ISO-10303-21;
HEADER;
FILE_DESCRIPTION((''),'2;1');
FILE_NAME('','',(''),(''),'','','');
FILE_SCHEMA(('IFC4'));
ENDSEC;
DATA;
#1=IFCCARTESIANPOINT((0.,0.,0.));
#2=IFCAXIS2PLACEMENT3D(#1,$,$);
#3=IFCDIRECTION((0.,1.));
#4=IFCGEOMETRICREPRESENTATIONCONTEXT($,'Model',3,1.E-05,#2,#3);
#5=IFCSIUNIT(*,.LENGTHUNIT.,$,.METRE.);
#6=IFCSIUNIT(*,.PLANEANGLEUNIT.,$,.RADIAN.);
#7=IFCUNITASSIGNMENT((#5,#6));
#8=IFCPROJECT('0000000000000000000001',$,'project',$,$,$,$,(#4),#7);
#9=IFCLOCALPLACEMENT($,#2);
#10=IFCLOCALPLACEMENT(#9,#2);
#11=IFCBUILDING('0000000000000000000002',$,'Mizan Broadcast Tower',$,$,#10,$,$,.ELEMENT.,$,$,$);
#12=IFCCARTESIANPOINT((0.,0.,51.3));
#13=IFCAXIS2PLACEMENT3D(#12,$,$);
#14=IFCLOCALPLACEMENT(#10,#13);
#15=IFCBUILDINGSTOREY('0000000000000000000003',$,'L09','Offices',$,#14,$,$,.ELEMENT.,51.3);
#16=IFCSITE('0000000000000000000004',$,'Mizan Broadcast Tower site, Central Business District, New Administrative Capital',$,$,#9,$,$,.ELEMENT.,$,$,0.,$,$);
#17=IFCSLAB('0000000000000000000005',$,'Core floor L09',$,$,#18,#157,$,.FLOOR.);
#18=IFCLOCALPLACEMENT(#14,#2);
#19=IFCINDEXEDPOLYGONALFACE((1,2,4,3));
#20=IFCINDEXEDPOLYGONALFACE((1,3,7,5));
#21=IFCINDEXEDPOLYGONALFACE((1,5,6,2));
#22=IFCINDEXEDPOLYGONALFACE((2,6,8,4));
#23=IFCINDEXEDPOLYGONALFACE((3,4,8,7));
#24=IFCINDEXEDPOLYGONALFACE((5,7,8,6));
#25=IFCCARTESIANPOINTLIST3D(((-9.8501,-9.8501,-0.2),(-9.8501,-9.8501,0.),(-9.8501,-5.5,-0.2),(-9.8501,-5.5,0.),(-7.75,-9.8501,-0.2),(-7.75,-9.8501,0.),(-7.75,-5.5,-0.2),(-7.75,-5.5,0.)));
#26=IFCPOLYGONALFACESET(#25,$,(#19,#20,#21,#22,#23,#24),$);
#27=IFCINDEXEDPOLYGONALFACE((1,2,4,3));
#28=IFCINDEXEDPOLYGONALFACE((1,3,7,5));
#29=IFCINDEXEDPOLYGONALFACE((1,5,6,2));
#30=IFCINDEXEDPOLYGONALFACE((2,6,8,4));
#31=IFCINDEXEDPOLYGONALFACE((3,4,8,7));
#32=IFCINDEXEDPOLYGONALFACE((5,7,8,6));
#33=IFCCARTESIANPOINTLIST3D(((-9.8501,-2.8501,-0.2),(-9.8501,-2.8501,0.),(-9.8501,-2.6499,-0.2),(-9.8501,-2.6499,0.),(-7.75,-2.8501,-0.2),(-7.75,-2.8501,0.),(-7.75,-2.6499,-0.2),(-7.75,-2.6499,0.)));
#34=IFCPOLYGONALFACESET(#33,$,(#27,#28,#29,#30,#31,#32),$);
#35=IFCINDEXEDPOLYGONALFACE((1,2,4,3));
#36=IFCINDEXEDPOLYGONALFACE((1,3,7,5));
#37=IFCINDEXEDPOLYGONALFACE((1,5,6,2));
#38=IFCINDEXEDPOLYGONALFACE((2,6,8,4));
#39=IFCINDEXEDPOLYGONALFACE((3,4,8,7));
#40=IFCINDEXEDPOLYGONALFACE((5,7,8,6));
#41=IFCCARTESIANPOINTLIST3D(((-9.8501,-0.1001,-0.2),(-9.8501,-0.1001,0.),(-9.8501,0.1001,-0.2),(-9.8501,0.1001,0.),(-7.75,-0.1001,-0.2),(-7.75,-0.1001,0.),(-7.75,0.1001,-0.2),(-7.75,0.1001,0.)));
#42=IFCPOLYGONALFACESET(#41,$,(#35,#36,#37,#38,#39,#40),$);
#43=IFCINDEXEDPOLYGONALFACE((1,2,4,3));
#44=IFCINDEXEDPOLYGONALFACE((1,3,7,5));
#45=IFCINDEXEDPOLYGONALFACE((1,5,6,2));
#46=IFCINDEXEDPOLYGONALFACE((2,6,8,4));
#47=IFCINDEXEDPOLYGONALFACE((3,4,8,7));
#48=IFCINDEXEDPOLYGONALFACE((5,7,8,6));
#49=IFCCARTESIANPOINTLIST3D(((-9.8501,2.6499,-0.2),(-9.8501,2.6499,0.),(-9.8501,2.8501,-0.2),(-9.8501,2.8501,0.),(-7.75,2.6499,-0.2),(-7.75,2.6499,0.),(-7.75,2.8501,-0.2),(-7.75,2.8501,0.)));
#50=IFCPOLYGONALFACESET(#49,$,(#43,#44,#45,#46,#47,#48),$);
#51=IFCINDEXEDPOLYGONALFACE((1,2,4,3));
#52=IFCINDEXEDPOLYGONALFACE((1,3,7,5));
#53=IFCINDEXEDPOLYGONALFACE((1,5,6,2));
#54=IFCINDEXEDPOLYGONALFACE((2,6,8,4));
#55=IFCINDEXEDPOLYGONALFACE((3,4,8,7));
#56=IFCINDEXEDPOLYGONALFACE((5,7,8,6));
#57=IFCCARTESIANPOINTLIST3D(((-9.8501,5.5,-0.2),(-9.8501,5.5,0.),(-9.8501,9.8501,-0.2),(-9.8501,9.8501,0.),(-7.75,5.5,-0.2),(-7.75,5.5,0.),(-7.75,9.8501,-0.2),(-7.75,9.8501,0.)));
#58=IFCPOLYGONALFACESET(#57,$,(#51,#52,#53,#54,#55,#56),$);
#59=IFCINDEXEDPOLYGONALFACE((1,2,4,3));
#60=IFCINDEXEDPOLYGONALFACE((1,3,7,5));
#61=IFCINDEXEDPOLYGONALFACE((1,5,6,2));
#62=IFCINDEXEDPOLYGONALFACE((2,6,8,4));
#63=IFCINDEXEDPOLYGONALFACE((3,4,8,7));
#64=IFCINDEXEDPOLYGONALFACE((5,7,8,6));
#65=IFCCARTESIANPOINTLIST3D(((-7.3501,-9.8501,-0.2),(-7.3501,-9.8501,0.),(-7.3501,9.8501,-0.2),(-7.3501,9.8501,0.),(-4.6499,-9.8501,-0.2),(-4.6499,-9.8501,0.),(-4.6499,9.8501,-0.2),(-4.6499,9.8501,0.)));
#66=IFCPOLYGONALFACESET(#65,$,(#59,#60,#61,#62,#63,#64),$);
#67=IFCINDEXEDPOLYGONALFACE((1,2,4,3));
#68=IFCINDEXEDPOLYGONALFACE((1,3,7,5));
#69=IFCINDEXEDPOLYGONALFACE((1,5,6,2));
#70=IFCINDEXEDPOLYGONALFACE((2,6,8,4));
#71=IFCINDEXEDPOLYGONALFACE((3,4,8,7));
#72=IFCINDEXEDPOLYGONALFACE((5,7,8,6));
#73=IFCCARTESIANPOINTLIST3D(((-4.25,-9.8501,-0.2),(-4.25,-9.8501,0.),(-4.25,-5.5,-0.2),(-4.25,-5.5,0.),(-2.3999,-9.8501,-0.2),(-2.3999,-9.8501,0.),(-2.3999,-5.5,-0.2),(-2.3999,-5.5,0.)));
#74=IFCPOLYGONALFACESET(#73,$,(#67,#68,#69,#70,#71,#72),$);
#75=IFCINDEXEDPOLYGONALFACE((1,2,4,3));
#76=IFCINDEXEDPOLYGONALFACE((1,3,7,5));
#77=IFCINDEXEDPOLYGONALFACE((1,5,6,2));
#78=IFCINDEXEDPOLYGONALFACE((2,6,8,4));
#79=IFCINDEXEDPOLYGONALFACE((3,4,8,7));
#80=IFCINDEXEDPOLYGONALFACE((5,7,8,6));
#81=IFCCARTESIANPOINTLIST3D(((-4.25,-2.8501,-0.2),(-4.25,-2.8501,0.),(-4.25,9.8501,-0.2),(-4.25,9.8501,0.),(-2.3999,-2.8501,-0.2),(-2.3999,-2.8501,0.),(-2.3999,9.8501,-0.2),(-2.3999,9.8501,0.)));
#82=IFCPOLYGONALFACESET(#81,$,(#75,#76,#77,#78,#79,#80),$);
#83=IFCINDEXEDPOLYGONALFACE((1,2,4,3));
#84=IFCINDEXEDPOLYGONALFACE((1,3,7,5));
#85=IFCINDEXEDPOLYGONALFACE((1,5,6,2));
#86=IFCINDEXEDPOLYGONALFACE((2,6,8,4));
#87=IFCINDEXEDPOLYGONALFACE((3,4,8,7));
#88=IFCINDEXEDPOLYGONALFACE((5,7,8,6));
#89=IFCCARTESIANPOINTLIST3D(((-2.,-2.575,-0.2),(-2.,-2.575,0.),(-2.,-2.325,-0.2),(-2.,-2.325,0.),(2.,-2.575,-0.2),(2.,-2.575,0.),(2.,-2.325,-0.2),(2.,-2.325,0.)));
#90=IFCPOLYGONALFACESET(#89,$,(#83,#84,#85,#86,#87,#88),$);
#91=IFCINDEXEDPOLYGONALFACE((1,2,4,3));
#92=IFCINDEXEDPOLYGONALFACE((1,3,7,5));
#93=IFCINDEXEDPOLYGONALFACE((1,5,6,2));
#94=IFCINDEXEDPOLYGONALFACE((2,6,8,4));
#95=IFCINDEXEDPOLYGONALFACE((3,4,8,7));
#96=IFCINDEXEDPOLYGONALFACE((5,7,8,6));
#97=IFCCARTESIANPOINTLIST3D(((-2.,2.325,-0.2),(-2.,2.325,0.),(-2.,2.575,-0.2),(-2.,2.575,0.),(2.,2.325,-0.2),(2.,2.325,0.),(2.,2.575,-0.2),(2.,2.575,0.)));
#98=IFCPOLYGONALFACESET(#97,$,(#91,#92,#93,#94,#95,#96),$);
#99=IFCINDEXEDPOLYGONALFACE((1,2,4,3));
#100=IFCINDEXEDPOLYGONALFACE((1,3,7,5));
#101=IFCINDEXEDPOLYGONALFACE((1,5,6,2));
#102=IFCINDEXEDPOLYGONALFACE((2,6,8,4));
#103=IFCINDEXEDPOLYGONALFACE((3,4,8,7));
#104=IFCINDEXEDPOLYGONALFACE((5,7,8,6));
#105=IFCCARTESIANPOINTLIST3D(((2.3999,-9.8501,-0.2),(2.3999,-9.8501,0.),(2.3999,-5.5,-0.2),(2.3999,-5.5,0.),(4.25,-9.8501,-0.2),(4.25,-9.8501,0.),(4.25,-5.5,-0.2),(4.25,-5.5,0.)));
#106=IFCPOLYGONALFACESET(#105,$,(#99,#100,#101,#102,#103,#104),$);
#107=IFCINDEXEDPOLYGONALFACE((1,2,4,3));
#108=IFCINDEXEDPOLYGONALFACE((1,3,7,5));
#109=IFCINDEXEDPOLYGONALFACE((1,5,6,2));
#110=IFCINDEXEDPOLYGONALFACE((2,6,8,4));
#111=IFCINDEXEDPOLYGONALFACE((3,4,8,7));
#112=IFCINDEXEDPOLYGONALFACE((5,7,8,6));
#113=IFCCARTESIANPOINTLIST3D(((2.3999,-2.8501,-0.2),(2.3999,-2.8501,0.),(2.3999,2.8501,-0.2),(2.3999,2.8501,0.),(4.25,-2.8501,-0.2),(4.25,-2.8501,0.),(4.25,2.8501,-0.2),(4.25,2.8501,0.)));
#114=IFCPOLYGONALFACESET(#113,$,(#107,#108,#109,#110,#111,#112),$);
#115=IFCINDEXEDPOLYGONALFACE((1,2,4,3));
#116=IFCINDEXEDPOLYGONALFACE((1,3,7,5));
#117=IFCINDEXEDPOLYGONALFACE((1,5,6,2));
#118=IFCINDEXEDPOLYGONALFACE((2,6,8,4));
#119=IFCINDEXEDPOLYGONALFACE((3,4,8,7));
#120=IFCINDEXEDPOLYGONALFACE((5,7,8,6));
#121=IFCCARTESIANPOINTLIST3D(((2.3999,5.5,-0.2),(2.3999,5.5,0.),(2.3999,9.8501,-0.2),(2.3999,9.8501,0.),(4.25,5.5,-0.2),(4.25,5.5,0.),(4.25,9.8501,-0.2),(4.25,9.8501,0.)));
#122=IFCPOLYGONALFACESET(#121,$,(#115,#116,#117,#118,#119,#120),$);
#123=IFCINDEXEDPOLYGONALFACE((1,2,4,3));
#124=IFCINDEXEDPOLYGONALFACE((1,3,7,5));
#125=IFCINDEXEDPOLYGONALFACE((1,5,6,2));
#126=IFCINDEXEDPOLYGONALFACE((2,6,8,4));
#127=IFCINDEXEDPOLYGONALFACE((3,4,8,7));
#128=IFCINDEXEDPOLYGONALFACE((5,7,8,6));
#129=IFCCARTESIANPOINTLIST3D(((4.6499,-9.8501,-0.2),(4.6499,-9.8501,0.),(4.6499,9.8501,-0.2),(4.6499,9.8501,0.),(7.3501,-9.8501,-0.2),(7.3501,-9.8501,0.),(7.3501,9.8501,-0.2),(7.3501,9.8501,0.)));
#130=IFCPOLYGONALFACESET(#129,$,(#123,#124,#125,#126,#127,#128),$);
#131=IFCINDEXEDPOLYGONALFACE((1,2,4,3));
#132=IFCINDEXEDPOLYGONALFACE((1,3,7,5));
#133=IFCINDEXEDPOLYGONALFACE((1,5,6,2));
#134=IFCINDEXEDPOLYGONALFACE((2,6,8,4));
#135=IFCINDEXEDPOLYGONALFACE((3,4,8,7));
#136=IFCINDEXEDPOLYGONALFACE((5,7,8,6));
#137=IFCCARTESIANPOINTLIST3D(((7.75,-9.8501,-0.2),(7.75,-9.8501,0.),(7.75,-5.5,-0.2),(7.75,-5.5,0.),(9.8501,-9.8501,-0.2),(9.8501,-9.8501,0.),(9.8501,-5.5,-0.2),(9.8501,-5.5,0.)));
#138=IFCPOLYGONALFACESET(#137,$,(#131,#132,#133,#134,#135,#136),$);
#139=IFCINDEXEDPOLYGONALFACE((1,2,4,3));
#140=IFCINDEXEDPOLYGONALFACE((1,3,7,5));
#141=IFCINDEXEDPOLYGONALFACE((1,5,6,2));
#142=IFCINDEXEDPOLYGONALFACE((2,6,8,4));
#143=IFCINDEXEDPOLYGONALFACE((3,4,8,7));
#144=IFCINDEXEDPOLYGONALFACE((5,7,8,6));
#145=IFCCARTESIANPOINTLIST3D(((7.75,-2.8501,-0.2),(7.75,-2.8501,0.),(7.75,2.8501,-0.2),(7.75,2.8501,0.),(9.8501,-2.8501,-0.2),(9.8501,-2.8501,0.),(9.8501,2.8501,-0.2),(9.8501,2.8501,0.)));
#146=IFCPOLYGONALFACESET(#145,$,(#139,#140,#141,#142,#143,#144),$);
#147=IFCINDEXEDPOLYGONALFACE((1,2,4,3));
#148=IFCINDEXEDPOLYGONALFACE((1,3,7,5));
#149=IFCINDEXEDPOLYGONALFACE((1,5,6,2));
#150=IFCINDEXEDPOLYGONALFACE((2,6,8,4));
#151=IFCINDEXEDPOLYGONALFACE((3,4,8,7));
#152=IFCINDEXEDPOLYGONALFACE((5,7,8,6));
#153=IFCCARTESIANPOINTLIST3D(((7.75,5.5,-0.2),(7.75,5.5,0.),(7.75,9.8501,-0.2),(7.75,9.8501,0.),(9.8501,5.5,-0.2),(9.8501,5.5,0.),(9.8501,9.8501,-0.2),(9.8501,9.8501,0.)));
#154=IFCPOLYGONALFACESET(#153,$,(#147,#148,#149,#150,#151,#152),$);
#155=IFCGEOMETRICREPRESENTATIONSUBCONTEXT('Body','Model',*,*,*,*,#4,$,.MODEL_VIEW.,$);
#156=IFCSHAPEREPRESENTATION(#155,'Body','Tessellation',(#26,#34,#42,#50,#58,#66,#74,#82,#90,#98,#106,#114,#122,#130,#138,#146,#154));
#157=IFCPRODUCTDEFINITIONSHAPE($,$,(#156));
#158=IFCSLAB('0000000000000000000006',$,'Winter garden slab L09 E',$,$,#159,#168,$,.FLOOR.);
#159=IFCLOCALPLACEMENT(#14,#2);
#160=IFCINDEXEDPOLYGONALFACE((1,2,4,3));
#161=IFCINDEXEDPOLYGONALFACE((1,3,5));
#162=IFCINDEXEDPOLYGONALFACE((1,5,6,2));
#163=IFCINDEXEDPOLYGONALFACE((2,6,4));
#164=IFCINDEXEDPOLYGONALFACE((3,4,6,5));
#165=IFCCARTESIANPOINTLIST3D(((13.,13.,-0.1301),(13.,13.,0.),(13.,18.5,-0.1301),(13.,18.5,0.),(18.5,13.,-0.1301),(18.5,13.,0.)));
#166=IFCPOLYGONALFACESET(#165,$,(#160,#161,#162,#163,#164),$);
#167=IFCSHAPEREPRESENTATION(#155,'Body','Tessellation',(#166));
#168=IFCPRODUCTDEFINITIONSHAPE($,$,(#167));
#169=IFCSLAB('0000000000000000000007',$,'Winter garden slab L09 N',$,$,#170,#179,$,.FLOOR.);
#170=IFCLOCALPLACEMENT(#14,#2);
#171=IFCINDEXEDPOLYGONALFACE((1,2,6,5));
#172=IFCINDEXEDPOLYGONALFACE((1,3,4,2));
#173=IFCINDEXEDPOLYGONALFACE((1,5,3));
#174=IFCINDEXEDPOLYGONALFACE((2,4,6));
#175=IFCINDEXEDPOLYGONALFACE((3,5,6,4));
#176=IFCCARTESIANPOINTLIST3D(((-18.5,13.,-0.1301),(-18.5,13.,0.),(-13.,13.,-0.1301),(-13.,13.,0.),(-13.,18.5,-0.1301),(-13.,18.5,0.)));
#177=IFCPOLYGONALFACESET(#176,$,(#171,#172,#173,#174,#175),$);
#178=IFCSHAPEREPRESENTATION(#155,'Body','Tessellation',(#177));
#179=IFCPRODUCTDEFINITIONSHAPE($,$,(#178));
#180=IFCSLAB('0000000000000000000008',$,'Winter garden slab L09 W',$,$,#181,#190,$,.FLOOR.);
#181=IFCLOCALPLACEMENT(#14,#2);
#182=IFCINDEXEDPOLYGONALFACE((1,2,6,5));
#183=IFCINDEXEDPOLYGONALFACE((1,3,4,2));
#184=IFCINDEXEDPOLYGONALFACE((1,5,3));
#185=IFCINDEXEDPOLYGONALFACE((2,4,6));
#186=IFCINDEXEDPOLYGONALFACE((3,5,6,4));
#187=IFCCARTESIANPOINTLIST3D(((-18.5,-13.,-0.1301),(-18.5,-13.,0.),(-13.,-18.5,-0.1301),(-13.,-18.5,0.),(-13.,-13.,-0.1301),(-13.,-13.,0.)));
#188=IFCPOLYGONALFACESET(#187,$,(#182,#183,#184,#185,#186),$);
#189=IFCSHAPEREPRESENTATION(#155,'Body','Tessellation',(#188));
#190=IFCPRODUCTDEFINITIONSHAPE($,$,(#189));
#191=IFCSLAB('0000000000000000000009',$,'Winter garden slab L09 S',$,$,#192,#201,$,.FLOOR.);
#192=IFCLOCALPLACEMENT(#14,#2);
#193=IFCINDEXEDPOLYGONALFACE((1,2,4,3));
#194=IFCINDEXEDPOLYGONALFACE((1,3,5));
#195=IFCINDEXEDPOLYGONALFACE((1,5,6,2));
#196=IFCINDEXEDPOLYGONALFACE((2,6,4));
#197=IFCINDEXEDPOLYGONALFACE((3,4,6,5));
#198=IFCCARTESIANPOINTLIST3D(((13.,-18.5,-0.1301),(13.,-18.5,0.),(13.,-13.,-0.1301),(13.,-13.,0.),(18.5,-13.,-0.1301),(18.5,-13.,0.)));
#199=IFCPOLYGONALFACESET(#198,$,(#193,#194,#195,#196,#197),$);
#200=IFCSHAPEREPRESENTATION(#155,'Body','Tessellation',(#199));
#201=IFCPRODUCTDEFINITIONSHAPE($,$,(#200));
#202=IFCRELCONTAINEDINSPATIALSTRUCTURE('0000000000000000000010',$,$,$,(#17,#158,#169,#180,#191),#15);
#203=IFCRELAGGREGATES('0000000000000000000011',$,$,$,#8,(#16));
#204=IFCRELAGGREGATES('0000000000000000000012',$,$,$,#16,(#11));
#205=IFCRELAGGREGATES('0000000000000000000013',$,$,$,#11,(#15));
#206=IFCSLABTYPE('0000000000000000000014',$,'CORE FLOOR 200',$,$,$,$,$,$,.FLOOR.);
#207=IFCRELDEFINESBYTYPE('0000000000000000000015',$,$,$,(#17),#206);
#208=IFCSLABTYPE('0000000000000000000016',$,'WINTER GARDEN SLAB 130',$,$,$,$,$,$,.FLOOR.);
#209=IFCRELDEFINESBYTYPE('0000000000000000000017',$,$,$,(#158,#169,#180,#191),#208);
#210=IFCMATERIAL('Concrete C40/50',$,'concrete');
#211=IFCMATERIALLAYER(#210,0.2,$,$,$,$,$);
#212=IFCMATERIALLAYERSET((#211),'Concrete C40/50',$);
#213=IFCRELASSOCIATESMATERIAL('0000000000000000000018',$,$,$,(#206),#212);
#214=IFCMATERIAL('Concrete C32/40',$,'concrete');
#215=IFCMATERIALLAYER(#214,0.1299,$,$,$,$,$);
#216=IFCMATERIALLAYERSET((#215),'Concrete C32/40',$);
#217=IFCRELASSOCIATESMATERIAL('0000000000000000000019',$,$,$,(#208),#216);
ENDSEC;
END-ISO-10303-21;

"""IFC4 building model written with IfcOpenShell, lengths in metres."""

from ifc_helpers import new_model, si_unit, direction, frame, origin, place, context, subcontext, project, spatial, polyline, outline, extrude, material, layer, layer_set, type_object, element, save


model = new_model("IFC4")

# Units and contexts
model_context = context("Model", 3, precision=1e-05, world=origin(), true_north=direction((0.0, 1.0)))
body_context = subcontext(model_context, "Body", "Model", "MODEL_VIEW")
ifc_project = project(units=[si_unit("LENGTHUNIT", "METRE"), si_unit("PLANEANGLEUNIT", "RADIAN")], contexts=[model_context])

# Site, building, storey
site_placement = place(None, origin())
site = spatial("IfcSite", under=ifc_project, at=site_placement, Name="Mizan Broadcast Tower site, Central Business District, New Administrative Capital", CompositionType="ELEMENT", RefElevation=0.0)
building_placement = place(site_placement, origin())
building = spatial("IfcBuilding", under=site, at=building_placement, Name="Mizan Broadcast Tower", CompositionType="ELEMENT")
storey_placement = place(building_placement, frame((0.0, 0.0, 51.3)))
storey = spatial("IfcBuildingStorey", under=building, at=storey_placement, Name="L09", Description="Offices", CompositionType="ELEMENT", Elevation=51.3)

# Slabs
ifc_material_1 = material(Name="Concrete C40/50", Category="concrete")
ifc_layer_1 = layer(ifc_material_1, 0.2)
ifc_layer_set_1 = layer_set([ifc_layer_1], Name="Concrete C40/50")
slab_type_1 = type_object("IfcSlabType", Name="CORE FLOOR 200", PredefinedType="FLOOR", material=ifc_layer_set_1)
slab_1_placement = place(storey_placement, frame((0.0, 0.0, -0.2)))
element("IfcSlab", 1, at=slab_1_placement, inside=storey, type_object=slab_type_1, Name="Core floor L09", PredefinedType="FLOOR", context=body_context, shape_type="SweptSolid", body=[
    extrude(outline(polyline([(-9.8501, -9.8501), (-7.75, -9.8501), (-7.75, -5.5), (-9.8501, -5.5), (-9.8501, -9.8501)])), origin(), (0.0, 0.0, 1.0), 0.2),
    extrude(outline(polyline([(-9.8501, -2.8501), (-7.75, -2.8501), (-7.75, -2.6499), (-9.8501, -2.6499), (-9.8501, -2.8501)])), origin(), (0.0, 0.0, 1.0), 0.2),
    extrude(outline(polyline([(-9.8501, -0.1001), (-7.75, -0.1001), (-7.75, 0.1001), (-9.8501, 0.1001), (-9.8501, -0.1001)])), origin(), (0.0, 0.0, 1.0), 0.2),
    extrude(outline(polyline([(-9.8501, 2.6499), (-7.75, 2.6499), (-7.75, 2.8501), (-9.8501, 2.8501), (-9.8501, 2.6499)])), origin(), (0.0, 0.0, 1.0), 0.2),
    extrude(outline(polyline([(-9.8501, 5.5), (-7.75, 5.5), (-7.75, 9.8501), (-9.8501, 9.8501), (-9.8501, 5.5)])), origin(), (0.0, 0.0, 1.0), 0.2),
    extrude(outline(polyline([(-4.6499, 9.8501), (-7.3501, 9.8501), (-7.3501, -9.8501), (-4.6499, -9.8501), (-4.6499, 9.8501)])), origin(), (0.0, 0.0, 1.0), 0.2),
    extrude(outline(polyline([(-4.25, -5.5), (-4.25, -9.8501), (-2.3999, -9.8501), (-2.3999, -5.5), (-4.25, -5.5)])), origin(), (0.0, 0.0, 1.0), 0.2),
    extrude(outline(polyline([(-4.25, -2.8501), (-2.3999, -2.8501), (-2.3999, 9.8501), (-4.25, 9.8501), (-4.25, -2.8501)])), origin(), (0.0, 0.0, 1.0), 0.2),
    extrude(outline(polyline([(2.0, -2.325), (-2.0, -2.325), (-2.0, -2.575), (2.0, -2.575), (2.0, -2.325)])), origin(), (0.0, 0.0, 1.0), 0.2),
    extrude(outline(polyline([(2.0, 2.575), (-2.0, 2.575), (-2.0, 2.325), (2.0, 2.325), (2.0, 2.575)])), origin(), (0.0, 0.0, 1.0), 0.2),
    extrude(outline(polyline([(4.25, -9.8501), (4.25, -5.5), (2.3999, -5.5), (2.3999, -9.8501), (4.25, -9.8501)])), origin(), (0.0, 0.0, 1.0), 0.2),
    extrude(outline(polyline([(4.25, -2.8501), (4.25, 2.8501), (2.3999, 2.8501), (2.3999, -2.8501), (4.25, -2.8501)])), origin(), (0.0, 0.0, 1.0), 0.2),
    extrude(outline(polyline([(4.25, 5.5), (4.25, 9.8501), (2.3999, 9.8501), (2.3999, 5.5), (4.25, 5.5)])), origin(), (0.0, 0.0, 1.0), 0.2),
    extrude(outline(polyline([(4.6499, 9.8501), (4.6499, -9.8501), (7.3501, -9.8501), (7.3501, 9.8501), (4.6499, 9.8501)])), origin(), (0.0, 0.0, 1.0), 0.2),
    extrude(outline(polyline([(9.8501, -9.8501), (9.8501, -5.5), (7.75, -5.5), (7.75, -9.8501), (9.8501, -9.8501)])), origin(), (0.0, 0.0, 1.0), 0.2),
    extrude(outline(polyline([(7.75, 2.8501), (7.75, -2.8501), (9.8501, -2.8501), (9.8501, 2.8501), (7.75, 2.8501)])), origin(), (0.0, 0.0, 1.0), 0.2),
    extrude(outline(polyline([(9.8501, 5.5), (9.8501, 9.8501), (7.75, 9.8501), (7.75, 5.5), (9.8501, 5.5)])), origin(), (0.0, 0.0, 1.0), 0.2),
])
ifc_material_2 = material(Name="Concrete C32/40", Category="concrete")
ifc_layer_2 = layer(ifc_material_2, 0.1299)
ifc_layer_set_2 = layer_set([ifc_layer_2], Name="Concrete C32/40")
slab_type_2 = type_object("IfcSlabType", Name="WINTER GARDEN SLAB 130", PredefinedType="FLOOR", material=ifc_layer_set_2)
slab_2_placement = place(storey_placement, frame((0.0, 0.0, -0.1301)))
element("IfcSlab", 2, at=slab_2_placement, inside=storey, type_object=slab_type_2, Name="Winter garden slab L09 E", PredefinedType="FLOOR", context=body_context, shape_type="SweptSolid", body=[
    extrude(outline(polyline([(13.0, 13.0), (18.5, 13.0), (13.0, 18.5), (13.0, 13.0)])), origin(), (0.0, 0.0, 1.0), 0.1301),
])
slab_3_placement = place(storey_placement, frame((0.0, 0.0, -0.1301)))
element("IfcSlab", 3, at=slab_3_placement, inside=storey, type_object=slab_type_2, Name="Winter garden slab L09 N", PredefinedType="FLOOR", context=body_context, shape_type="SweptSolid", body=[
    extrude(outline(polyline([(-13.0, 13.0), (-13.0, 18.5), (-18.5, 13.0), (-13.0, 13.0)])), origin(), (0.0, 0.0, 1.0), 0.1301),
])
slab_4_placement = place(storey_placement, frame((0.0, 0.0, -0.1301)))
element("IfcSlab", 4, at=slab_4_placement, inside=storey, type_object=slab_type_2, Name="Winter garden slab L09 W", PredefinedType="FLOOR", context=body_context, shape_type="SweptSolid", body=[
    extrude(outline(polyline([(-13.0, -13.0), (-18.5, -13.0), (-13.0, -18.5), (-13.0, -13.0)])), origin(), (0.0, 0.0, 1.0), 0.1301),
])
slab_5_placement = place(storey_placement, frame((0.0, 0.0, -0.1301)))
element("IfcSlab", 5, at=slab_5_placement, inside=storey, type_object=slab_type_2, Name="Winter garden slab L09 S", PredefinedType="FLOOR", context=body_context, shape_type="SweptSolid", body=[
    extrude(outline(polyline([(13.0, -13.0), (13.0, -18.5), (18.5, -13.0), (13.0, -13.0)])), origin(), (0.0, 0.0, 1.0), 0.1301),
])

save(model, "model.ifc")
